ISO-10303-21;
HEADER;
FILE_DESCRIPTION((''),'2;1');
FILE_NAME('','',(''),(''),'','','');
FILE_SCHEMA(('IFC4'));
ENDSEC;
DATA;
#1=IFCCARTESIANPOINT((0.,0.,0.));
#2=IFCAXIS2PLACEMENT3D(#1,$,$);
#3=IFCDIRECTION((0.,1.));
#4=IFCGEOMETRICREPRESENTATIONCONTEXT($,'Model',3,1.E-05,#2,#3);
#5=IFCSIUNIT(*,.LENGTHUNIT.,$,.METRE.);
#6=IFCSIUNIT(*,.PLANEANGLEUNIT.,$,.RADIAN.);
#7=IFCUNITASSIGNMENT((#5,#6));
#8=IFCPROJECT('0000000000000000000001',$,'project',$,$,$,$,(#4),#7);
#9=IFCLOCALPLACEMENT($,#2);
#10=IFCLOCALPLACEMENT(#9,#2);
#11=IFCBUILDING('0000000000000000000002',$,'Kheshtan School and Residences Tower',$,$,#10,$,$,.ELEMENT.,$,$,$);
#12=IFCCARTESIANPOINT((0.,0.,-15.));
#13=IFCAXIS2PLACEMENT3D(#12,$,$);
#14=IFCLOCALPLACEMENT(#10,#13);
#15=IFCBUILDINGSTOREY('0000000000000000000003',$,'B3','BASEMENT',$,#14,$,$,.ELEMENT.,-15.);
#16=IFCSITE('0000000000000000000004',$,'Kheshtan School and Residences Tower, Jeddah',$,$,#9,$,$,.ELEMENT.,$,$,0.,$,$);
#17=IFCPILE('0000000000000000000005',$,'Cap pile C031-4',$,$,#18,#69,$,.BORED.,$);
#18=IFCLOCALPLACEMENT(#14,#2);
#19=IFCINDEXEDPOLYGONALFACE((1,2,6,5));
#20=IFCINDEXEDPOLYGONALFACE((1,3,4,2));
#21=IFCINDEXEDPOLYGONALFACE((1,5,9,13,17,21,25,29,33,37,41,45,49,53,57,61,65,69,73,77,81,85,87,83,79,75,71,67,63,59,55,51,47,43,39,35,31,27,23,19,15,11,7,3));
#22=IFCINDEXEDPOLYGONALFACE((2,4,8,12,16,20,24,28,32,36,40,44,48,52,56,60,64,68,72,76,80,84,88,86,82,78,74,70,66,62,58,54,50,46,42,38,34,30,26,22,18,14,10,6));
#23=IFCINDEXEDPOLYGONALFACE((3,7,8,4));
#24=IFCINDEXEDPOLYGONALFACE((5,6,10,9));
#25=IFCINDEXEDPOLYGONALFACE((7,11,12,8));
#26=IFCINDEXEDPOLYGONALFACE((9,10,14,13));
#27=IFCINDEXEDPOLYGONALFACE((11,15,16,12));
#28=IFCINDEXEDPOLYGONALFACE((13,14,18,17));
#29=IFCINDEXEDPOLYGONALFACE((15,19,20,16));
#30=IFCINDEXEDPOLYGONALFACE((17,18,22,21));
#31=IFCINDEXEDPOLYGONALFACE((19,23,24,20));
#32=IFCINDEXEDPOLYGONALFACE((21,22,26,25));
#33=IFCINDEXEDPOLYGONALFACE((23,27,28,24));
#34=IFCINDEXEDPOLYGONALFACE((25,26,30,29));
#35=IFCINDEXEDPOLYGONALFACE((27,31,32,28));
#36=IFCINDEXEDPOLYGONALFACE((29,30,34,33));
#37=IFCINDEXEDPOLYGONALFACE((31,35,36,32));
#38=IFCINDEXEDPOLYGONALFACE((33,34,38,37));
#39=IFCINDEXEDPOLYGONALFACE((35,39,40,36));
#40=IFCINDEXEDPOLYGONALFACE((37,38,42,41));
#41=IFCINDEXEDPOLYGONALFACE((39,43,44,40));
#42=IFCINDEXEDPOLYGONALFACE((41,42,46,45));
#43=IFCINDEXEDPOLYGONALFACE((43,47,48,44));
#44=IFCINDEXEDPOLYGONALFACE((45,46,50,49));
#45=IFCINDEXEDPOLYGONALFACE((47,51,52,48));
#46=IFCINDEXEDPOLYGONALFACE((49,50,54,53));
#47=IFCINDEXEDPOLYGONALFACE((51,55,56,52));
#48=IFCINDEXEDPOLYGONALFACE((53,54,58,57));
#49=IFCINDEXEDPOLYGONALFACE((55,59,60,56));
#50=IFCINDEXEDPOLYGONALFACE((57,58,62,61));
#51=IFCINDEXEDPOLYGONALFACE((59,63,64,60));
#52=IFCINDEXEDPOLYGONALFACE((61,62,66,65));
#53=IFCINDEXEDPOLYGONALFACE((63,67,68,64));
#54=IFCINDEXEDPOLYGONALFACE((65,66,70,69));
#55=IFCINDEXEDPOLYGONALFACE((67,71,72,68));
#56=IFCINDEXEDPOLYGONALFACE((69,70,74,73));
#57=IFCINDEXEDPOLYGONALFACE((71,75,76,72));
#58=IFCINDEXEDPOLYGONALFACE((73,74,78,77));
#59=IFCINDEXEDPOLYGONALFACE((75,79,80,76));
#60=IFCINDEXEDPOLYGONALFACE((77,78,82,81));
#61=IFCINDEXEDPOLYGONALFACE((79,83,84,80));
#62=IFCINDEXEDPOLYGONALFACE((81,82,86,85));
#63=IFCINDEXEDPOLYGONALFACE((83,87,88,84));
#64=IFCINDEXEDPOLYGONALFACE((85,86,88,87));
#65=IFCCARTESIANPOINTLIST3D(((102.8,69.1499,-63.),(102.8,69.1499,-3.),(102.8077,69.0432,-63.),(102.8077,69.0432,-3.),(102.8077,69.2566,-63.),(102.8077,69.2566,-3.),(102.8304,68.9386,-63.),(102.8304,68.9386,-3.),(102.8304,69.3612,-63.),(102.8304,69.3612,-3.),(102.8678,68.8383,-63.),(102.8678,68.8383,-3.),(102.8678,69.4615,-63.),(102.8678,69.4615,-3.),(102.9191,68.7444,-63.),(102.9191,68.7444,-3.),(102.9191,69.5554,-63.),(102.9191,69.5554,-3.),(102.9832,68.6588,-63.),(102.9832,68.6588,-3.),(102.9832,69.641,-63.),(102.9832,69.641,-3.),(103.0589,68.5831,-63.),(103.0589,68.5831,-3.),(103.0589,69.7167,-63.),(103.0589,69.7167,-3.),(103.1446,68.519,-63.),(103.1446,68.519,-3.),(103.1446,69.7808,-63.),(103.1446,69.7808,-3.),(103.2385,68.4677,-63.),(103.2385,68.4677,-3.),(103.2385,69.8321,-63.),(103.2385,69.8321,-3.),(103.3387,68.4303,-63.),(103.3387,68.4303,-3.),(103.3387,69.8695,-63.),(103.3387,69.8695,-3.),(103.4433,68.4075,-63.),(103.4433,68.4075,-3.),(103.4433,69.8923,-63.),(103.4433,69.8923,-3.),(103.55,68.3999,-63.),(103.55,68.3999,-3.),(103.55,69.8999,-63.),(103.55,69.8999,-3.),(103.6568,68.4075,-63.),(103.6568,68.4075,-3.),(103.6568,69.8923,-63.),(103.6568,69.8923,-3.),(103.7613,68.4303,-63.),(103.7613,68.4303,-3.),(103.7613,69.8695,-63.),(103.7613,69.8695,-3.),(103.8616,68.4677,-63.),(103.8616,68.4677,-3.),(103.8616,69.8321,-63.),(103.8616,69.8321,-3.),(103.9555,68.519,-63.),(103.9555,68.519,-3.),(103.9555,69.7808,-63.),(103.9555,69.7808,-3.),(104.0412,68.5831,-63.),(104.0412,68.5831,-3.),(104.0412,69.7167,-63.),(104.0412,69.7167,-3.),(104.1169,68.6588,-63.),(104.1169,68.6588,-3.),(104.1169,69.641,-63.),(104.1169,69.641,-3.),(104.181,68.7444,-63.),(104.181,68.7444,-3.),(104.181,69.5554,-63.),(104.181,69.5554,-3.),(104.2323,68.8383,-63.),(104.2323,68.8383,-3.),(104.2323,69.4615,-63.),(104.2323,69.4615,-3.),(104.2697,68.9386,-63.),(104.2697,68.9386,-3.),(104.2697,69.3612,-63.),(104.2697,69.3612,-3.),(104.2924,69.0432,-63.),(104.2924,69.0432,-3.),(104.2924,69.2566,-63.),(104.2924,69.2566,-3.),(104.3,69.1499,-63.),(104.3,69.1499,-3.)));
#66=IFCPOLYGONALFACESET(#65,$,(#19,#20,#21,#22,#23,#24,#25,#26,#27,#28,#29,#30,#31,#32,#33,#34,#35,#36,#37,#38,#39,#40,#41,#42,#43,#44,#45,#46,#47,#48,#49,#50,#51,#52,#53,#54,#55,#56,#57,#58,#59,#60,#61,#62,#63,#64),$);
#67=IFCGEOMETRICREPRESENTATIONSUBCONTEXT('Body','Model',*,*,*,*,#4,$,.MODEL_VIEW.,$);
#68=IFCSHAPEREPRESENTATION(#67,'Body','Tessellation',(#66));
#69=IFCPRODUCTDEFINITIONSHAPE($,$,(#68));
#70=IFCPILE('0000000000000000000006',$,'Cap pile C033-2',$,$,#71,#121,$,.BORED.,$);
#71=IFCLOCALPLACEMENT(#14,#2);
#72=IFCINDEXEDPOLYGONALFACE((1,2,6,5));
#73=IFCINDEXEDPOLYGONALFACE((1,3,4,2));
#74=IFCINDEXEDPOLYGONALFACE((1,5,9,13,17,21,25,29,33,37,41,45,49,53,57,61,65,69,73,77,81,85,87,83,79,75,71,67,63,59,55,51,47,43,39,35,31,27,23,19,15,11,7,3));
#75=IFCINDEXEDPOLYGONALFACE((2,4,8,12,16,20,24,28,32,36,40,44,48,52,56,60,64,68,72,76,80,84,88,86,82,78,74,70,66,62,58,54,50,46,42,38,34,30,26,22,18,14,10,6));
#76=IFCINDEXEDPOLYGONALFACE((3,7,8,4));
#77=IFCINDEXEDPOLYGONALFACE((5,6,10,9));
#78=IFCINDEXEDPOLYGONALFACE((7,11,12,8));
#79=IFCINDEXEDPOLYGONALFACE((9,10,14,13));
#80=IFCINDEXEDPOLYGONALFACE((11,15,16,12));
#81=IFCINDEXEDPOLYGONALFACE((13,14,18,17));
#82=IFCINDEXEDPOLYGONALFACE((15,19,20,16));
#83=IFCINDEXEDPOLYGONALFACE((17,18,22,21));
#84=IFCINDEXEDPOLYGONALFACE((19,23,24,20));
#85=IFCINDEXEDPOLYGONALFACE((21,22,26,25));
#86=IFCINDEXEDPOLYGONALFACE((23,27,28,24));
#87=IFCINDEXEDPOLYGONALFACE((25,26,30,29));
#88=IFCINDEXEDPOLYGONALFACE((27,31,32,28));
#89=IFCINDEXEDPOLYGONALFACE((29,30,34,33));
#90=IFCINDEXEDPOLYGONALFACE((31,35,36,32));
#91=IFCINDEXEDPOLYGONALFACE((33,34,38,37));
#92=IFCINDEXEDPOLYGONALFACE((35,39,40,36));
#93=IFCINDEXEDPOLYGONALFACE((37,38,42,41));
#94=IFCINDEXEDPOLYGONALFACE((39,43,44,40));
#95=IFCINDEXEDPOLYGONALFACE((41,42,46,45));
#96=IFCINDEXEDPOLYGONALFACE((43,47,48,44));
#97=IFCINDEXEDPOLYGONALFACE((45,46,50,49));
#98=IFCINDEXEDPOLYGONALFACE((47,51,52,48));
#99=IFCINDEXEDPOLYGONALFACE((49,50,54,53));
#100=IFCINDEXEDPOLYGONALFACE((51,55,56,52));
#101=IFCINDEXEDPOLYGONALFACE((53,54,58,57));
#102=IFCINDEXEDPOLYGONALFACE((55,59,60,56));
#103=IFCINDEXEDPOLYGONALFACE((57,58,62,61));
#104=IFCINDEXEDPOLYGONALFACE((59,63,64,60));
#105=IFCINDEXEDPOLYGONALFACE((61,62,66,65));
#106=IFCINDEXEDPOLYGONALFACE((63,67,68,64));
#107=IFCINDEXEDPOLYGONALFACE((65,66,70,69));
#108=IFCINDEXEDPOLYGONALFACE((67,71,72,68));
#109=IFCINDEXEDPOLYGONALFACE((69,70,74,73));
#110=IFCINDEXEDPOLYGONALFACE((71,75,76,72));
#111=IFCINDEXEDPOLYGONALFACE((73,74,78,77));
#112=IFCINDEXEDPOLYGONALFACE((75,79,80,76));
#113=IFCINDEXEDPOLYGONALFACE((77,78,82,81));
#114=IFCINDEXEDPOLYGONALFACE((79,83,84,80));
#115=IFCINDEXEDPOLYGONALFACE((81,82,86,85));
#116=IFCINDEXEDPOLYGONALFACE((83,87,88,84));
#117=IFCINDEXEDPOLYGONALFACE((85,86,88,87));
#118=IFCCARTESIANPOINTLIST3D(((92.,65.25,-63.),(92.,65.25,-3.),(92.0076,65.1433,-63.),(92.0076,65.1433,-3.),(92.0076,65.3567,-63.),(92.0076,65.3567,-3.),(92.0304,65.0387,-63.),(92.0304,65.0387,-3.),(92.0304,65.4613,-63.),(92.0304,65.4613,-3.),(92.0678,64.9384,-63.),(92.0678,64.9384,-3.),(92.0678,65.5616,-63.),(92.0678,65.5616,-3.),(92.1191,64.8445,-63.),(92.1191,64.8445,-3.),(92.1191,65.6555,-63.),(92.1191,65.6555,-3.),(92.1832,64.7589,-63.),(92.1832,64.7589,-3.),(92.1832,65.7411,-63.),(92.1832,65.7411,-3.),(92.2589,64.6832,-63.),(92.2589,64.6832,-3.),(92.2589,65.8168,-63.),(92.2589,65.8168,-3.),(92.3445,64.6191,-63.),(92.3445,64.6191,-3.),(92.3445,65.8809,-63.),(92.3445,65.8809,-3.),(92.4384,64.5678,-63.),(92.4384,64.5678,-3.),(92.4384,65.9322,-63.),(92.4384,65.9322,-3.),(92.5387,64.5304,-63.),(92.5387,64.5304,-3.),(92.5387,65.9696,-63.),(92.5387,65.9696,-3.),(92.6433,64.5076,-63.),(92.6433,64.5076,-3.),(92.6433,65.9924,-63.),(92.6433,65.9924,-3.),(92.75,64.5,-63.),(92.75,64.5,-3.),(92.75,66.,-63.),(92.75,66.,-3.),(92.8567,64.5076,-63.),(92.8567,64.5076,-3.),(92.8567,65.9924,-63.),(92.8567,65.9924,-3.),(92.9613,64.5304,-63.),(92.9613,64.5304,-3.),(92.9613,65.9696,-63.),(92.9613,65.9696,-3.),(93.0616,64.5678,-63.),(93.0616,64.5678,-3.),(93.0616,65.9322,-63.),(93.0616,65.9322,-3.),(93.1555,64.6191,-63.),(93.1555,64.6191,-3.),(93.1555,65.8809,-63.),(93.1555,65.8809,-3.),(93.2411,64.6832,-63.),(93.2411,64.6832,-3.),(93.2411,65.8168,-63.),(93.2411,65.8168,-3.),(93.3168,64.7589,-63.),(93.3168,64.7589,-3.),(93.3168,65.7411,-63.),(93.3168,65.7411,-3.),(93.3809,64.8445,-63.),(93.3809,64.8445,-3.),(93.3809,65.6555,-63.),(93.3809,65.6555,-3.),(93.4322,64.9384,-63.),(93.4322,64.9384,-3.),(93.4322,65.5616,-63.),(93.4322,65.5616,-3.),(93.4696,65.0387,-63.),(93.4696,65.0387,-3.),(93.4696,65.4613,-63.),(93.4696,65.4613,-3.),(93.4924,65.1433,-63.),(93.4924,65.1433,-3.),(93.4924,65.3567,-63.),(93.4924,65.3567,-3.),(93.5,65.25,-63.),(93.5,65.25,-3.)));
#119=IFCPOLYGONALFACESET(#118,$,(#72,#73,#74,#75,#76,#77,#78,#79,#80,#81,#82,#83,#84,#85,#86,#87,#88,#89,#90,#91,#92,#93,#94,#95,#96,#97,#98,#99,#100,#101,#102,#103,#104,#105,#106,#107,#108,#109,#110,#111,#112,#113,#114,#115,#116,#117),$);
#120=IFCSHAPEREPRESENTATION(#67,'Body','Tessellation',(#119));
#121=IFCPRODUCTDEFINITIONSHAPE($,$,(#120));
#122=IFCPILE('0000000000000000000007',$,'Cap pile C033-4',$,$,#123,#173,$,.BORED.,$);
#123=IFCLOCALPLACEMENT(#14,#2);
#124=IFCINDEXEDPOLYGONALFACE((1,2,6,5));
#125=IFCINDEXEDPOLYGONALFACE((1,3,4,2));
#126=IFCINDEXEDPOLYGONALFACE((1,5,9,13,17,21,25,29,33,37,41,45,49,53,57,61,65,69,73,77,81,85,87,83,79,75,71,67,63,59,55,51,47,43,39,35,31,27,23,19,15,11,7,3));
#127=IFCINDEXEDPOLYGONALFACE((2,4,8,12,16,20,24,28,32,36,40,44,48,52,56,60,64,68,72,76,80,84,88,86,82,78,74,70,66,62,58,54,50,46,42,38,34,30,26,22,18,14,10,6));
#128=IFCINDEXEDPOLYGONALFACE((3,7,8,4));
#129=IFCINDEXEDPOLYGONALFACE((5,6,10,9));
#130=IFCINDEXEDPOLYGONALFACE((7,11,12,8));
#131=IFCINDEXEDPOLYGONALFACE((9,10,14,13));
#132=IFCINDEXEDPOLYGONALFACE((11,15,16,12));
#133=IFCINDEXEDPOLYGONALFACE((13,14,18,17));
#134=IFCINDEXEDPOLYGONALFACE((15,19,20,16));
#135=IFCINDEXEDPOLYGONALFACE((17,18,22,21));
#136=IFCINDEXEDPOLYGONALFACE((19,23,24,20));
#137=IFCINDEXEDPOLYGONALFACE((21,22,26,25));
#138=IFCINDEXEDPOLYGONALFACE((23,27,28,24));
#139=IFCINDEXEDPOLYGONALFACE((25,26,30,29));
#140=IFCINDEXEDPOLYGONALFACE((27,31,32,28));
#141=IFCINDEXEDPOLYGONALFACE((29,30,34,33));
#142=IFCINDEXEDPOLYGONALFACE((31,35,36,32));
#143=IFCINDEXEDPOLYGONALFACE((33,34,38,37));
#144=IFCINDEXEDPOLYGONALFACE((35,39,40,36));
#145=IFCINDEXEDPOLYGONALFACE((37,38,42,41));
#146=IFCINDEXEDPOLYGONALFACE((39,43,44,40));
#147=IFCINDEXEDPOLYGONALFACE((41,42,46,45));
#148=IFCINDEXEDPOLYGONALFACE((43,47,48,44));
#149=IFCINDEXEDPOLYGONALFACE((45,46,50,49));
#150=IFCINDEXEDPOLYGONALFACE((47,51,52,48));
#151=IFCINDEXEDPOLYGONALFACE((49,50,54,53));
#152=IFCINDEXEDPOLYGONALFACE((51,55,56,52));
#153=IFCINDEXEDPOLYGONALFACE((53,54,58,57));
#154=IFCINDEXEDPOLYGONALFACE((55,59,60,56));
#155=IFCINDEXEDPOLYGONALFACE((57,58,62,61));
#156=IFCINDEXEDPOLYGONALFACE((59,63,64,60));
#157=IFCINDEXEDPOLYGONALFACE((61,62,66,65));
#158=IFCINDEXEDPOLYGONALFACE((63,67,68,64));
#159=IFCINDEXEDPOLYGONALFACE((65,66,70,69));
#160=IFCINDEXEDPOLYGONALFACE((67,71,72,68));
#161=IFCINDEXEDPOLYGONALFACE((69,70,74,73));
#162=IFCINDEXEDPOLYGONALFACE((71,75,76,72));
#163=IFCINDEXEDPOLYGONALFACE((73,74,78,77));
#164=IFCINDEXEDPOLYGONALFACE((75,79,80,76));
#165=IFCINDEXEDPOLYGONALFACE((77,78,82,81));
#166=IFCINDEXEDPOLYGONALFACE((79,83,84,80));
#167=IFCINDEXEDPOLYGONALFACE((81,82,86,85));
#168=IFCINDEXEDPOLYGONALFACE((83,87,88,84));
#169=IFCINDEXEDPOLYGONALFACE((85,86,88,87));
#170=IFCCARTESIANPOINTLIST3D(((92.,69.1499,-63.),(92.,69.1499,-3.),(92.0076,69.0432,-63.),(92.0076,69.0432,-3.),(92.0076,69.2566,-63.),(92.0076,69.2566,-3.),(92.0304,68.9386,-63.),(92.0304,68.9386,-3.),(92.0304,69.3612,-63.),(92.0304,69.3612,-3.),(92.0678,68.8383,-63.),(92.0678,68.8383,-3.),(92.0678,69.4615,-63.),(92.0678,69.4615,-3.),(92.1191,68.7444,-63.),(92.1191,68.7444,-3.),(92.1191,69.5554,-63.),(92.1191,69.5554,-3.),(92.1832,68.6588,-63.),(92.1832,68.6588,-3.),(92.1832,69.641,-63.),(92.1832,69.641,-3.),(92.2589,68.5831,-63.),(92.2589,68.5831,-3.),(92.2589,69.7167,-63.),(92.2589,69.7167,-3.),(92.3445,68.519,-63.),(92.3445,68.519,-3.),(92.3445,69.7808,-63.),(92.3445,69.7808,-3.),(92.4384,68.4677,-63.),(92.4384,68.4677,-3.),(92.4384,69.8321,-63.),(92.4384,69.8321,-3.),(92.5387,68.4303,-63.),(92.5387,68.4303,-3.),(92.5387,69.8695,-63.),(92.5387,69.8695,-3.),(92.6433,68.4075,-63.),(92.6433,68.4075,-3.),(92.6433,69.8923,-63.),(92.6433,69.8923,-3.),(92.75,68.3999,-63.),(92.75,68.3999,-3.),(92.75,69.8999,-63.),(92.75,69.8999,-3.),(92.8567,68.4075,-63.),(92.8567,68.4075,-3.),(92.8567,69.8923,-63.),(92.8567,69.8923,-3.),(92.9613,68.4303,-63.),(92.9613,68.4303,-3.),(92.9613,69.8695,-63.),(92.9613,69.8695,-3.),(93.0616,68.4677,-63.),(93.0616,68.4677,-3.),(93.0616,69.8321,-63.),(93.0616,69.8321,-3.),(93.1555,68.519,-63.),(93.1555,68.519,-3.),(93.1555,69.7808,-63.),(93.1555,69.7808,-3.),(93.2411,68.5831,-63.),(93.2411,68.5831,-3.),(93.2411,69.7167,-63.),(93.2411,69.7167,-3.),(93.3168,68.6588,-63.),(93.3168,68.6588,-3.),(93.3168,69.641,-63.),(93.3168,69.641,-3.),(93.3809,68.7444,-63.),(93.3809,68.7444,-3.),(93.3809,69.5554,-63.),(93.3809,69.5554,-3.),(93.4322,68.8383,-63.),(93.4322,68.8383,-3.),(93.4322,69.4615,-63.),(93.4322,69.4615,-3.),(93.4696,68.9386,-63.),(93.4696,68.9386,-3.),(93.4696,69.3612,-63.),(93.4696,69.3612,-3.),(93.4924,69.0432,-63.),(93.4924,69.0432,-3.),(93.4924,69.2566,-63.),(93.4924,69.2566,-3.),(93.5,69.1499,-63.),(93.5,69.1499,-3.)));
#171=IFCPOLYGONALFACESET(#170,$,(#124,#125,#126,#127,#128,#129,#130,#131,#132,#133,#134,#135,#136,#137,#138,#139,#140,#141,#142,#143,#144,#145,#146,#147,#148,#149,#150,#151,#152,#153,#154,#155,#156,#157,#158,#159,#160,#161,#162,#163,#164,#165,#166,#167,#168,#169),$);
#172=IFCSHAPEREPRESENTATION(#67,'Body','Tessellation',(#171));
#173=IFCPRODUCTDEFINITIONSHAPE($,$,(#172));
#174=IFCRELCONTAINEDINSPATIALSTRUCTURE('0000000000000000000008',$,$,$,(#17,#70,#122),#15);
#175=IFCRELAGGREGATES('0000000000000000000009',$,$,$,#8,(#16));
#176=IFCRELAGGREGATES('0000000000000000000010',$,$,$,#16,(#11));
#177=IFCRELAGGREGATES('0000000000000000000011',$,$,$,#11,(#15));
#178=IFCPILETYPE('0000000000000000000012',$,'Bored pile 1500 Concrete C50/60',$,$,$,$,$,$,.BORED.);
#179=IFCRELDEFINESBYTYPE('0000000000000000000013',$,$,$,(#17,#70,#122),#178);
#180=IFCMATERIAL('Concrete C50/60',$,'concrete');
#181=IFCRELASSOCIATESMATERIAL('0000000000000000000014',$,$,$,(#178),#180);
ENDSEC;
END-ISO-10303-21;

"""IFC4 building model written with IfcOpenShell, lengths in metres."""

from ifc_helpers import new_model, si_unit, direction, frame, origin, origin_2d, place, context, subcontext, project, spatial, circle, extrude, material, material_profile, profile_set, type_object, element, save


model = new_model("IFC4")

# Units and contexts
model_context = context("Model", 3, precision=1e-05, world=origin(), true_north=direction((0.0, 1.0)))
body_context = subcontext(model_context, "Body", "Model", "MODEL_VIEW")
ifc_project = project(units=[si_unit("LENGTHUNIT", "METRE"), si_unit("PLANEANGLEUNIT", "RADIAN")], contexts=[model_context])

# Site, building, storey
site_placement = place(None, origin())
site = spatial("IfcSite", under=ifc_project, at=site_placement, Name="Kheshtan School and Residences Tower, Jeddah", CompositionType="ELEMENT", RefElevation=0.0)
building_placement = place(site_placement, origin())
building = spatial("IfcBuilding", under=site, at=building_placement, Name="Kheshtan School and Residences Tower", CompositionType="ELEMENT")
storey_placement = place(building_placement, frame((0.0, 0.0, -15.0)))
storey = spatial("IfcBuildingStorey", under=building, at=storey_placement, Name="B3", Description="BASEMENT", CompositionType="ELEMENT", Elevation=-15.0)

# Piles
ifc_material_1 = material(Name="Concrete C50/60", Category="concrete")
ifc_material_profile_1 = material_profile(ifc_material_1, circle(Radius=0.75, at=origin_2d()), Name="BP 1500")
ifc_profile_set_1 = profile_set([ifc_material_profile_1], Name="Concrete C50/60")
pile_type = type_object("IfcPileType", Name="Bored pile 1500 Concrete C50/60", PredefinedType="BORED", material=ifc_profile_set_1)
for number, where, z_axis, x_axis, name in (
    (1, (103.55, 69.1499, -3.0), (0.0, 0.0, -1.0), (1.0, 0.0, 0.0), "Cap pile C031-4"),
    (2, (92.75, 65.25, -3.0), (0.0, 0.0, -1.0), (1.0, 0.0, 0.0), "Cap pile C033-2"),
    (3, (92.75, 69.1499, -3.0), (0.0, 0.0, -1.0), (1.0, 0.0, 0.0), "Cap pile C033-4"),
):
    element("IfcPile", number, at=place(storey_placement, frame(where, z_axis=z_axis, x_axis=x_axis)), inside=storey, type_object=pile_type, Name=name, PredefinedType="BORED", context=body_context, shape_type="SweptSolid", body=[
        extrude(circle(Radius=0.75, at=origin_2d()), origin(), (0.0, 0.0, 1.0), 60.0),
    ])

save(model, "model.ifc")
